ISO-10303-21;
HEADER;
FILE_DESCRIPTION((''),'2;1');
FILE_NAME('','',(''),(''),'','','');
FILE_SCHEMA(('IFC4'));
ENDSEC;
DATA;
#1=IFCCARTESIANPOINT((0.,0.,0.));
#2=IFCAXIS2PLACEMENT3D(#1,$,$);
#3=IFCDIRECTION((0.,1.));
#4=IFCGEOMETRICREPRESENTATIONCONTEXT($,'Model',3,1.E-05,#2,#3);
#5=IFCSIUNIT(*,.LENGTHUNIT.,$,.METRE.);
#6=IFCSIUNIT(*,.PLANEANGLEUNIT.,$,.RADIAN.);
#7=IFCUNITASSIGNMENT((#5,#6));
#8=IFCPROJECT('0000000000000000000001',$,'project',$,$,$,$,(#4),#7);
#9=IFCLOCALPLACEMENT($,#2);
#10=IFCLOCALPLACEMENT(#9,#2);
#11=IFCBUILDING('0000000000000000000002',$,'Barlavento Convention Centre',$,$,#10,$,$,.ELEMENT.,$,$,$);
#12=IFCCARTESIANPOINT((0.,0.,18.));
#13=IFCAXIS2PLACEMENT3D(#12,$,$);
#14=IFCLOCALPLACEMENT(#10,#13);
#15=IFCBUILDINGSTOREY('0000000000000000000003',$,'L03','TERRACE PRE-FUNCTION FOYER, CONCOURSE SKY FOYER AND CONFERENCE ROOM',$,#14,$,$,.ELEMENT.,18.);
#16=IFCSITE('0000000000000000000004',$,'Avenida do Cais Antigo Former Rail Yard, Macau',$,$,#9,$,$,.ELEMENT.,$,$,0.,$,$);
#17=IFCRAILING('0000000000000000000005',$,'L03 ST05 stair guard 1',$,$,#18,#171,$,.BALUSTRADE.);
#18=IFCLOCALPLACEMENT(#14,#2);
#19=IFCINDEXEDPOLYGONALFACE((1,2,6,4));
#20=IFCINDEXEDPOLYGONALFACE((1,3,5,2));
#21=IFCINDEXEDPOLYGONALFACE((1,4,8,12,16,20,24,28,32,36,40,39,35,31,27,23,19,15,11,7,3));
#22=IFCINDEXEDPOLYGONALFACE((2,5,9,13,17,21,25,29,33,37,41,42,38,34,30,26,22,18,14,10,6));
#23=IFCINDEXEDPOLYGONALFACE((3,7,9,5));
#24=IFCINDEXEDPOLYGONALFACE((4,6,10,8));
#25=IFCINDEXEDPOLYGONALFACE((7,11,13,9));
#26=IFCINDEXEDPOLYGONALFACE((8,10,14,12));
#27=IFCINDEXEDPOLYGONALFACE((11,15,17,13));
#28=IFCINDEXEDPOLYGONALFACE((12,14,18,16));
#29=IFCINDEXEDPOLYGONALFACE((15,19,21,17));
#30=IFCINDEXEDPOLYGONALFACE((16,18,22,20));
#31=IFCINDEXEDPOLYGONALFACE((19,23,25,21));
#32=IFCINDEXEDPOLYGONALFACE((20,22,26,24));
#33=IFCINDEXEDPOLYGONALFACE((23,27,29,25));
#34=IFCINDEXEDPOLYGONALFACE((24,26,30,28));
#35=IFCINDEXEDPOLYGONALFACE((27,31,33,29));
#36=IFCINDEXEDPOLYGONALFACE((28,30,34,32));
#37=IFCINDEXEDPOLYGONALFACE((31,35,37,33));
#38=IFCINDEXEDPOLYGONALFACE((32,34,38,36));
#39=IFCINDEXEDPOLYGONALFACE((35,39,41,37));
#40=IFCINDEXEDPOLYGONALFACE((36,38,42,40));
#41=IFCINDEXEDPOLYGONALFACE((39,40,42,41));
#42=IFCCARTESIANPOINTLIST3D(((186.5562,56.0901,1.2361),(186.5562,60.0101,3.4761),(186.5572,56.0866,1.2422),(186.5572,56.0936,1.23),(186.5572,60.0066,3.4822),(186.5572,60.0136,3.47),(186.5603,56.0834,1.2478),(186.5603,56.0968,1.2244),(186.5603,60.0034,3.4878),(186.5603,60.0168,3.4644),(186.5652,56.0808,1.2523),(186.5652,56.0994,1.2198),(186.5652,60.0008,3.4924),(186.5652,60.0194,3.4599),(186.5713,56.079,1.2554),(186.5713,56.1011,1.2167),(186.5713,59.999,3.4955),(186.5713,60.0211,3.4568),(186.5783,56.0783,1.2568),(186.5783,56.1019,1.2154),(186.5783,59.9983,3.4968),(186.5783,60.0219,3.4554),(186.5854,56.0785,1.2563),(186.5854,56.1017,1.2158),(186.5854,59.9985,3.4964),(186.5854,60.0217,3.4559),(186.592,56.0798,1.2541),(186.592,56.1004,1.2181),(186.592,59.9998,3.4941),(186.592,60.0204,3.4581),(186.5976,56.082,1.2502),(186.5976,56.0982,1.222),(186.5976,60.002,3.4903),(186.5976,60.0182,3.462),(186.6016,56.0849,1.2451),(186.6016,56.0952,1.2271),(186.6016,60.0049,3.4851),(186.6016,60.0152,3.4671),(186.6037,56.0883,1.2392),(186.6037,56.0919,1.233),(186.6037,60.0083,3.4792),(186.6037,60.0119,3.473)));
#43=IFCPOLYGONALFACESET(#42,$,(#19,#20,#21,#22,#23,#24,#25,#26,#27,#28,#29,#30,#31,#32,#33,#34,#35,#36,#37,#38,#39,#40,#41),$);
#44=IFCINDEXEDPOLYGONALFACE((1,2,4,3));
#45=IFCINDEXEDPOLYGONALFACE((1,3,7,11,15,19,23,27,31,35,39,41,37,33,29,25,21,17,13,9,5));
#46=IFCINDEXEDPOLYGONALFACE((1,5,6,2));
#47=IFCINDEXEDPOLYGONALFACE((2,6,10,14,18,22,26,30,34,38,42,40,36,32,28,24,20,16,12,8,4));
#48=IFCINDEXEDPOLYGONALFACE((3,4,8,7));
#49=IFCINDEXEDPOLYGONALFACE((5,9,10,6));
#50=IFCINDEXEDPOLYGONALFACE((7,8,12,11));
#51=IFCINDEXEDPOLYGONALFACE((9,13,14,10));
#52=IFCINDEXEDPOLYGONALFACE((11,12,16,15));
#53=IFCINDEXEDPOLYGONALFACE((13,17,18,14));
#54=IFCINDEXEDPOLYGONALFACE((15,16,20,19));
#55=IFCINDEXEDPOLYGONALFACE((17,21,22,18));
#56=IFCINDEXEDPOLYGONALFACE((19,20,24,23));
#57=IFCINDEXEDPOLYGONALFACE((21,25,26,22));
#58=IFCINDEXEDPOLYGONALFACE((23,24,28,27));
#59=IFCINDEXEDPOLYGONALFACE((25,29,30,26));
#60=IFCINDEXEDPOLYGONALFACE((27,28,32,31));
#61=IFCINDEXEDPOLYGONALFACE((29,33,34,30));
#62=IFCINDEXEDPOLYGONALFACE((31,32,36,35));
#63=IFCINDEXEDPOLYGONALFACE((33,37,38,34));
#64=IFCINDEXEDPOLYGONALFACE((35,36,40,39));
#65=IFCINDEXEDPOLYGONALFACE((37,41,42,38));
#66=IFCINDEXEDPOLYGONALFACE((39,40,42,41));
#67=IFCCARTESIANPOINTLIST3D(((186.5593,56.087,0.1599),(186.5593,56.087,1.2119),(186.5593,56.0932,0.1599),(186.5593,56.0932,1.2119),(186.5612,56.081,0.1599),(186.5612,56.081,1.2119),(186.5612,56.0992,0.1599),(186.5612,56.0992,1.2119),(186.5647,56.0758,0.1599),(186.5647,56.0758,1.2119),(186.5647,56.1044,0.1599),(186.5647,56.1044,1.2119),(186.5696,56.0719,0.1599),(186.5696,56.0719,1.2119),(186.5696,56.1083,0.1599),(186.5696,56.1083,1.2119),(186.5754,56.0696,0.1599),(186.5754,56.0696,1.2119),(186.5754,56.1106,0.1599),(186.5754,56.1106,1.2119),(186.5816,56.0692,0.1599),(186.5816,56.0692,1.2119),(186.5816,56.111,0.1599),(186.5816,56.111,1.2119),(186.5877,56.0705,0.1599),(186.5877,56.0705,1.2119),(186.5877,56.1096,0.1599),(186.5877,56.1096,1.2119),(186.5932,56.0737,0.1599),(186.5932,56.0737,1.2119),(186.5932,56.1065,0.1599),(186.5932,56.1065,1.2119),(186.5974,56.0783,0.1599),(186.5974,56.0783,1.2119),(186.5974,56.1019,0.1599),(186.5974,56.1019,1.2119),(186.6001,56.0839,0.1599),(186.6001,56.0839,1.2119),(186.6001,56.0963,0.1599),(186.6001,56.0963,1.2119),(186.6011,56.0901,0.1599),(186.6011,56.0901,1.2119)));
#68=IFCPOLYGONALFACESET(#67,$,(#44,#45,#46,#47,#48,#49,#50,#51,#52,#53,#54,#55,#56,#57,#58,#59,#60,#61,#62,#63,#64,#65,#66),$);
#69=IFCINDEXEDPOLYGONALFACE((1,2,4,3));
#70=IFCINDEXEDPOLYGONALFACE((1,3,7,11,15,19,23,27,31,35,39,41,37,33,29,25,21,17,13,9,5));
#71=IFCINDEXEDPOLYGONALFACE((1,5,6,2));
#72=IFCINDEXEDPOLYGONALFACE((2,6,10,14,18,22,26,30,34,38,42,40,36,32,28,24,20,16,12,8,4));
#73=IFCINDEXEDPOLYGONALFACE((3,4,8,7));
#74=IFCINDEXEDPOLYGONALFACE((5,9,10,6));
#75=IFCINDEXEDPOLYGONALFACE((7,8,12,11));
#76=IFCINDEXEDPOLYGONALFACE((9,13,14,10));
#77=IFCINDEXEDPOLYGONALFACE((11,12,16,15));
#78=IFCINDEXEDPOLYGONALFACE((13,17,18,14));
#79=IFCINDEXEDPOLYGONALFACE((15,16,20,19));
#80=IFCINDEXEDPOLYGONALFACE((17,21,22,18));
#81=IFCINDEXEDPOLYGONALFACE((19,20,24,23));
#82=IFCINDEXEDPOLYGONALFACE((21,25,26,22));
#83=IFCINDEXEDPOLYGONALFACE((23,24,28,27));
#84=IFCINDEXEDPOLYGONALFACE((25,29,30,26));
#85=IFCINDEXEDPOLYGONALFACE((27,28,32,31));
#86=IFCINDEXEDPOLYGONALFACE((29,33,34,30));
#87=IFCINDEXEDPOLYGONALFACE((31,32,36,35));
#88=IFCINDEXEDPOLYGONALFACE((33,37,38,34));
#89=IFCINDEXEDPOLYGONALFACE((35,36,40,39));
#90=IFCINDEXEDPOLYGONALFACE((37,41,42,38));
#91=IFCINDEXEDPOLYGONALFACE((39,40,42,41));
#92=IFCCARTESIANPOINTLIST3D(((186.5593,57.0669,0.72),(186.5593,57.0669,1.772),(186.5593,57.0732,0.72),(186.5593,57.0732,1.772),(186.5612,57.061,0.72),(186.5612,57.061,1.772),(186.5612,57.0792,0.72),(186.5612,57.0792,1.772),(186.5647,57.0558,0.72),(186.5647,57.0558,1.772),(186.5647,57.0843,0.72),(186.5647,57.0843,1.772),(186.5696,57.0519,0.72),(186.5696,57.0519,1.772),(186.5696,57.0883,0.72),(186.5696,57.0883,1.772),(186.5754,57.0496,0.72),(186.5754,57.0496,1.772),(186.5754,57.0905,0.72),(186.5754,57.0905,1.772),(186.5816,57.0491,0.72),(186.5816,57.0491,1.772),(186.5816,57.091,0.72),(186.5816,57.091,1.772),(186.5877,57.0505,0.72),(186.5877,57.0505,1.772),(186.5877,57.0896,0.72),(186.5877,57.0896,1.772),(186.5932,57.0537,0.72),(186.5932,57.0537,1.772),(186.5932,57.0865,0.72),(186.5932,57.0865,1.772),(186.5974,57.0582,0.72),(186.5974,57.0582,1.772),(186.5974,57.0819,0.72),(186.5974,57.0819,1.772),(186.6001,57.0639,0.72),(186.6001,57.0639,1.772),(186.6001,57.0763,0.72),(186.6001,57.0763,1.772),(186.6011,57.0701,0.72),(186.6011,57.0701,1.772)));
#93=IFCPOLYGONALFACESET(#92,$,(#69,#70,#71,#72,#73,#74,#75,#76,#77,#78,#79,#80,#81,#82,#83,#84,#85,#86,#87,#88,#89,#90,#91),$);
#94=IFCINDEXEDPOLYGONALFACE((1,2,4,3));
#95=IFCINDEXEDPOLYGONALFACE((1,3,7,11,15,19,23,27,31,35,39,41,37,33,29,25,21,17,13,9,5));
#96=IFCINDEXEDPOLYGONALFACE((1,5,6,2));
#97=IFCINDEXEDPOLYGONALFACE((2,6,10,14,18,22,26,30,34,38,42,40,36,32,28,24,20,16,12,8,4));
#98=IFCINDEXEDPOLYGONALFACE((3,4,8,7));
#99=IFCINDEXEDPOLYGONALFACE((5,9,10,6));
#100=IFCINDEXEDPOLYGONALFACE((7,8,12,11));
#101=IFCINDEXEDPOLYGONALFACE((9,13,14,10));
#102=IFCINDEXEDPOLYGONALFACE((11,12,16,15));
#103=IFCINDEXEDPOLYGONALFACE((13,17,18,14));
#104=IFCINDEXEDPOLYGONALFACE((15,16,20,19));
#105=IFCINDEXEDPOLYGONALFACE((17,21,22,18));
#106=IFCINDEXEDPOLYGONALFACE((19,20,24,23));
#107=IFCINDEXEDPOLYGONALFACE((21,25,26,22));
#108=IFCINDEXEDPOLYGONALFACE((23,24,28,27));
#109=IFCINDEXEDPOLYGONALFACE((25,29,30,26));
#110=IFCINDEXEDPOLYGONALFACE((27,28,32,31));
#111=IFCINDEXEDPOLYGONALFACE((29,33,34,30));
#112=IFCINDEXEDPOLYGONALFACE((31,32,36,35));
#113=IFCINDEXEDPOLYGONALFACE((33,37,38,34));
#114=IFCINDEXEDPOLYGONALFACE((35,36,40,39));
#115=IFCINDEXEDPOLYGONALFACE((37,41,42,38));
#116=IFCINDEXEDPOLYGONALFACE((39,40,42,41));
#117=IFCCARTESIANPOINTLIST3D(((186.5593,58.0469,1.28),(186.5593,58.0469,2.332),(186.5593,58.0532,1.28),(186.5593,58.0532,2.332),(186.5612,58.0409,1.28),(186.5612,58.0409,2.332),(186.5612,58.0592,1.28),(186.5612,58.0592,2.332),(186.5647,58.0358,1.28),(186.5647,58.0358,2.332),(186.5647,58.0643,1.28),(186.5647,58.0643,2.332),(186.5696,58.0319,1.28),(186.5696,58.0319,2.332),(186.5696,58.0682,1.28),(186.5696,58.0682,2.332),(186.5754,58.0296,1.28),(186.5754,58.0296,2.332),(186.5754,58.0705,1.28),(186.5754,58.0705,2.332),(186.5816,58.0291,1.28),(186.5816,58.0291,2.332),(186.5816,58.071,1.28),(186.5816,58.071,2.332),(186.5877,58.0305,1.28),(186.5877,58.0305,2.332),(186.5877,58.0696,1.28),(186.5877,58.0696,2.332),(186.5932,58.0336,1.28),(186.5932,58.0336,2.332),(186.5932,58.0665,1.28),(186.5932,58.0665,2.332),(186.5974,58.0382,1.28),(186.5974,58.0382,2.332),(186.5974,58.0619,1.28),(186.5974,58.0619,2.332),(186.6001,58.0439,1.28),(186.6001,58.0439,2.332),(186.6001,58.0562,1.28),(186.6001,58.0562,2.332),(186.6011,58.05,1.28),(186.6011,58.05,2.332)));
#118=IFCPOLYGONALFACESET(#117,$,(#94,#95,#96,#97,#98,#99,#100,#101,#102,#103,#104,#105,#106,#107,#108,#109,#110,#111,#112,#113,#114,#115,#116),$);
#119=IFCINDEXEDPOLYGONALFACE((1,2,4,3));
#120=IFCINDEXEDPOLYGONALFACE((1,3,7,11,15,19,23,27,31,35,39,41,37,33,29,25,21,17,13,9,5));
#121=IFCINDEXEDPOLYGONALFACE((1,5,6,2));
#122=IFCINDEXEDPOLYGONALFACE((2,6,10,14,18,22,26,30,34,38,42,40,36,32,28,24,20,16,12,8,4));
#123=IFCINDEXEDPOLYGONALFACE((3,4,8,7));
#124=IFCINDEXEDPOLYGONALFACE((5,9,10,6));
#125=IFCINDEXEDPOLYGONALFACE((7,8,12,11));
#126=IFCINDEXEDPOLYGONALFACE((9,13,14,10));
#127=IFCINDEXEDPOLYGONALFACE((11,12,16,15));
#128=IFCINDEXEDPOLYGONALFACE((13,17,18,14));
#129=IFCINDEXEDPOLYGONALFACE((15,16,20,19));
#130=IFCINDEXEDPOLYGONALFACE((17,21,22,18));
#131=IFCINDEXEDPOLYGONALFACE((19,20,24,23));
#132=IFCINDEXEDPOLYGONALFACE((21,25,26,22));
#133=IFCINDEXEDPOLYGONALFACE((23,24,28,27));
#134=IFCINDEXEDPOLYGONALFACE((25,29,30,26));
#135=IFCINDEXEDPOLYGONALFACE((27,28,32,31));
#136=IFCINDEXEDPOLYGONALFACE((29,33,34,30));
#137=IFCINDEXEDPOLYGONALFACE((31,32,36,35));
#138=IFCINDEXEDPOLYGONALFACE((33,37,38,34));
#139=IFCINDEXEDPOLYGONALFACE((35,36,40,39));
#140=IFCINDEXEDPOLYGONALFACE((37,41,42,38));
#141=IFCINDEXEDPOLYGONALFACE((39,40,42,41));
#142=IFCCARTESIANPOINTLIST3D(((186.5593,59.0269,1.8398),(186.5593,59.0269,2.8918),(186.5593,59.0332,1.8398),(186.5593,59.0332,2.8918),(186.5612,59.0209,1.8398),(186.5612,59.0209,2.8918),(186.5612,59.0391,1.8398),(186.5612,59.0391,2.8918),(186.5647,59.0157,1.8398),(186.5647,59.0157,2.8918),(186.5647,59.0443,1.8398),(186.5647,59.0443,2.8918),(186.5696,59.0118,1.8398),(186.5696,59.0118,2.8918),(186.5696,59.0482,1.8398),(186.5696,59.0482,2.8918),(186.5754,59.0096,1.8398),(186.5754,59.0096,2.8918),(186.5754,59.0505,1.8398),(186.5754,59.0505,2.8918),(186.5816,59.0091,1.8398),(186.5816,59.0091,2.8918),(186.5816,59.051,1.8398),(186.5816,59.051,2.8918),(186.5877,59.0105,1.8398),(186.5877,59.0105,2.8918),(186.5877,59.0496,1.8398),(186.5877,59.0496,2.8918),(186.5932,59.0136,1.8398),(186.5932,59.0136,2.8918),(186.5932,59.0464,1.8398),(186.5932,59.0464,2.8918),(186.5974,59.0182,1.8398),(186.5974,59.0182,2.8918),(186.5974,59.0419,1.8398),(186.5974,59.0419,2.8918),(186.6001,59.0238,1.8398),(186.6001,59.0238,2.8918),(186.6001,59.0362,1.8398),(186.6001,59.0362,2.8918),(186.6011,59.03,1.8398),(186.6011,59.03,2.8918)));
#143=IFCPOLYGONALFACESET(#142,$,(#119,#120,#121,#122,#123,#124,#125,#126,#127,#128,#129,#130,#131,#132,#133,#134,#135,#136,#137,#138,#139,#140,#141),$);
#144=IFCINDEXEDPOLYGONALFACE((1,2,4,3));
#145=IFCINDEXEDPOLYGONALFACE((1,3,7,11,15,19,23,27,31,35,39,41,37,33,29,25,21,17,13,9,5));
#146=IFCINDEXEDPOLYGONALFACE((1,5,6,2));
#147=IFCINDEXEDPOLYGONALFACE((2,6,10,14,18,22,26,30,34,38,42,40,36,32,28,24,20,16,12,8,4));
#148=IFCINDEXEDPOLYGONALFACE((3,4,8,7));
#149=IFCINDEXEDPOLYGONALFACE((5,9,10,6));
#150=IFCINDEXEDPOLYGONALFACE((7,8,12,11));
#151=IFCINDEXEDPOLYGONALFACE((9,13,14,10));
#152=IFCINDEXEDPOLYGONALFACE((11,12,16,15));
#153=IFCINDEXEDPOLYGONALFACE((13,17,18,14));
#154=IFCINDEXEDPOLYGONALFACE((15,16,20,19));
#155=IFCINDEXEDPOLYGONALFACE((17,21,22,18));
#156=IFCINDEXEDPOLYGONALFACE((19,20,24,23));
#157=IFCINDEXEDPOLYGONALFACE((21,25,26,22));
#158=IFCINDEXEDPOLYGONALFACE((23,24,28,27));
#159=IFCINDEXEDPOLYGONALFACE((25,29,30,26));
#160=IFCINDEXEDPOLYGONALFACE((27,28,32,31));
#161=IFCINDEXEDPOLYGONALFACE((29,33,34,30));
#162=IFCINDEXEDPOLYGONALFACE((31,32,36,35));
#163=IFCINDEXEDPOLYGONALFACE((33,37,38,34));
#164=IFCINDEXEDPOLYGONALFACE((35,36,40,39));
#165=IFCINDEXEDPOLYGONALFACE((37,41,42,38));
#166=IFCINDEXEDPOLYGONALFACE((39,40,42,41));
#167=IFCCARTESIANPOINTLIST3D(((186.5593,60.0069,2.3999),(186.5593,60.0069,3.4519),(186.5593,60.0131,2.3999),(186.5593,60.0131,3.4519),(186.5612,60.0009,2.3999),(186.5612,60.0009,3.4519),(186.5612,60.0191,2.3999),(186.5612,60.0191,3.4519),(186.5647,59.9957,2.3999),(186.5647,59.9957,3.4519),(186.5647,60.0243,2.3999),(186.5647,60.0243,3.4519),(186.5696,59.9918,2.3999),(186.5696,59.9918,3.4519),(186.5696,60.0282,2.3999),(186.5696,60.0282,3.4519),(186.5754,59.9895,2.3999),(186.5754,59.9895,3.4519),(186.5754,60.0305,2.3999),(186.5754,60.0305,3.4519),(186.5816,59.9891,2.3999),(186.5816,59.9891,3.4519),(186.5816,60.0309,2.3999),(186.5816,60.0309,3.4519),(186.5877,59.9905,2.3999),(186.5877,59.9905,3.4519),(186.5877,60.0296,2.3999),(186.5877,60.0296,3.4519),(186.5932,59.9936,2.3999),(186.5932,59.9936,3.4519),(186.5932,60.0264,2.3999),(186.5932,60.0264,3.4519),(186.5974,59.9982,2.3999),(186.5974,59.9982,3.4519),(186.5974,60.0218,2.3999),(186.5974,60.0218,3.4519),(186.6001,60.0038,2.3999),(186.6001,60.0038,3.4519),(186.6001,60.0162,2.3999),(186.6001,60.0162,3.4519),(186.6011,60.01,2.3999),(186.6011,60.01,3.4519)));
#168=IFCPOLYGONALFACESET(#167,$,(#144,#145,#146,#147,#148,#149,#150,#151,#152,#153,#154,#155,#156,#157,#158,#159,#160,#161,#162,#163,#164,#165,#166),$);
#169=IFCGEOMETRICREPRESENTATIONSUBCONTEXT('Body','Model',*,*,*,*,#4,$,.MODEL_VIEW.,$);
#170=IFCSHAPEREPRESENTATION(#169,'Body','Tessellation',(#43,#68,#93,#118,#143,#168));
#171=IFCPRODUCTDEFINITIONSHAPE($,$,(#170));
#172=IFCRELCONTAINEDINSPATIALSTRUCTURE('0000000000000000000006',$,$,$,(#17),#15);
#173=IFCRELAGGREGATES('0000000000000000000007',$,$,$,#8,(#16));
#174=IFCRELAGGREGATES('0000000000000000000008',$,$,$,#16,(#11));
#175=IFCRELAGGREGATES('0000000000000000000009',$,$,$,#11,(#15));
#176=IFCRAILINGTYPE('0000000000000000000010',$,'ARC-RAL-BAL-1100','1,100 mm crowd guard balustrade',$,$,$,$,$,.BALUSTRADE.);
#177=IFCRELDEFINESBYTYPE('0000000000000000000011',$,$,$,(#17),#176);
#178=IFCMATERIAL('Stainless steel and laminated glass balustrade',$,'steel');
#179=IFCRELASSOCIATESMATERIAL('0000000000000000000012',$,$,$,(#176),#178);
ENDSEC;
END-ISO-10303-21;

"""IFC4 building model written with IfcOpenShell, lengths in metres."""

from ifc_helpers import new_model, si_unit, direction, frame, origin, origin_2d, place, context, subcontext, project, spatial, circle, extrude, material, type_object, element, save


model = new_model("IFC4")

# Units and contexts
model_context = context("Model", 3, precision=1e-05, world=origin(), true_north=direction((0.0, 1.0)))
body_context = subcontext(model_context, "Body", "Model", "MODEL_VIEW")
ifc_project = project(units=[si_unit("LENGTHUNIT", "METRE"), si_unit("PLANEANGLEUNIT", "RADIAN")], contexts=[model_context])

# Site, building, storey
site_placement = place(None, origin())
site = spatial("IfcSite", under=ifc_project, at=site_placement, Name="Avenida do Cais Antigo Former Rail Yard, Macau", CompositionType="ELEMENT", RefElevation=0.0)
building_placement = place(site_placement, origin())
building = spatial("IfcBuilding", under=site, at=building_placement, Name="Barlavento Convention Centre", CompositionType="ELEMENT")
storey_placement = place(building_placement, frame((0.0, 0.0, 18.0)))
storey = spatial("IfcBuildingStorey", under=building, at=storey_placement, Name="L03", Description="TERRACE PRE-FUNCTION FOYER, CONCOURSE SKY FOYER AND CONFERENCE ROOM", CompositionType="ELEMENT", Elevation=18.0)

# Railing
ifc_material_1 = material(Name="Stainless steel and laminated glass balustrade", Category="steel")
railing_type_1 = type_object("IfcRailingType", Name="ARC-RAL-BAL-1100", Description="1,100 mm crowd guard balustrade", PredefinedType="BALUSTRADE", material=ifc_material_1)
railing_1_placement = place(storey_placement, frame((186.5801, 56.0901, 0.1599)))
element("IfcRailing", 1, at=railing_1_placement, inside=storey, type_object=railing_type_1, Name="L03 ST05 stair guard 1", PredefinedType="BALUSTRADE", context=body_context, shape_type="SweptSolid", body=[
    extrude(circle(Radius=0.0239, at=origin_2d()), frame((0.0, 0.0, 1.0762), z_axis=(0.0, 0.86824, 0.496145), x_axis=(-1.0, 0.0, 0.0)), (0.0, 0.0, 1.0), 4.5149),
    extrude(circle(Radius=0.021, at=origin_2d()), origin(), (0.0, 0.0, 1.0), 1.052),
    extrude(circle(Radius=0.021, at=origin_2d()), frame((0.0, 0.98, 0.5601)), (0.0, 0.0, 1.0), 1.052),
    extrude(circle(Radius=0.021, at=origin_2d()), frame((0.0, 1.96, 1.1201)), (0.0, 0.0, 1.0), 1.052),
    extrude(circle(Radius=0.021, at=origin_2d()), frame((0.0, 2.9399, 1.6799)), (0.0, 0.0, 1.0), 1.052),
    extrude(circle(Radius=0.021, at=origin_2d()), frame((0.0, 3.9199, 2.24)), (0.0, 0.0, 1.0), 1.052),
])

save(model, "model.ifc")
